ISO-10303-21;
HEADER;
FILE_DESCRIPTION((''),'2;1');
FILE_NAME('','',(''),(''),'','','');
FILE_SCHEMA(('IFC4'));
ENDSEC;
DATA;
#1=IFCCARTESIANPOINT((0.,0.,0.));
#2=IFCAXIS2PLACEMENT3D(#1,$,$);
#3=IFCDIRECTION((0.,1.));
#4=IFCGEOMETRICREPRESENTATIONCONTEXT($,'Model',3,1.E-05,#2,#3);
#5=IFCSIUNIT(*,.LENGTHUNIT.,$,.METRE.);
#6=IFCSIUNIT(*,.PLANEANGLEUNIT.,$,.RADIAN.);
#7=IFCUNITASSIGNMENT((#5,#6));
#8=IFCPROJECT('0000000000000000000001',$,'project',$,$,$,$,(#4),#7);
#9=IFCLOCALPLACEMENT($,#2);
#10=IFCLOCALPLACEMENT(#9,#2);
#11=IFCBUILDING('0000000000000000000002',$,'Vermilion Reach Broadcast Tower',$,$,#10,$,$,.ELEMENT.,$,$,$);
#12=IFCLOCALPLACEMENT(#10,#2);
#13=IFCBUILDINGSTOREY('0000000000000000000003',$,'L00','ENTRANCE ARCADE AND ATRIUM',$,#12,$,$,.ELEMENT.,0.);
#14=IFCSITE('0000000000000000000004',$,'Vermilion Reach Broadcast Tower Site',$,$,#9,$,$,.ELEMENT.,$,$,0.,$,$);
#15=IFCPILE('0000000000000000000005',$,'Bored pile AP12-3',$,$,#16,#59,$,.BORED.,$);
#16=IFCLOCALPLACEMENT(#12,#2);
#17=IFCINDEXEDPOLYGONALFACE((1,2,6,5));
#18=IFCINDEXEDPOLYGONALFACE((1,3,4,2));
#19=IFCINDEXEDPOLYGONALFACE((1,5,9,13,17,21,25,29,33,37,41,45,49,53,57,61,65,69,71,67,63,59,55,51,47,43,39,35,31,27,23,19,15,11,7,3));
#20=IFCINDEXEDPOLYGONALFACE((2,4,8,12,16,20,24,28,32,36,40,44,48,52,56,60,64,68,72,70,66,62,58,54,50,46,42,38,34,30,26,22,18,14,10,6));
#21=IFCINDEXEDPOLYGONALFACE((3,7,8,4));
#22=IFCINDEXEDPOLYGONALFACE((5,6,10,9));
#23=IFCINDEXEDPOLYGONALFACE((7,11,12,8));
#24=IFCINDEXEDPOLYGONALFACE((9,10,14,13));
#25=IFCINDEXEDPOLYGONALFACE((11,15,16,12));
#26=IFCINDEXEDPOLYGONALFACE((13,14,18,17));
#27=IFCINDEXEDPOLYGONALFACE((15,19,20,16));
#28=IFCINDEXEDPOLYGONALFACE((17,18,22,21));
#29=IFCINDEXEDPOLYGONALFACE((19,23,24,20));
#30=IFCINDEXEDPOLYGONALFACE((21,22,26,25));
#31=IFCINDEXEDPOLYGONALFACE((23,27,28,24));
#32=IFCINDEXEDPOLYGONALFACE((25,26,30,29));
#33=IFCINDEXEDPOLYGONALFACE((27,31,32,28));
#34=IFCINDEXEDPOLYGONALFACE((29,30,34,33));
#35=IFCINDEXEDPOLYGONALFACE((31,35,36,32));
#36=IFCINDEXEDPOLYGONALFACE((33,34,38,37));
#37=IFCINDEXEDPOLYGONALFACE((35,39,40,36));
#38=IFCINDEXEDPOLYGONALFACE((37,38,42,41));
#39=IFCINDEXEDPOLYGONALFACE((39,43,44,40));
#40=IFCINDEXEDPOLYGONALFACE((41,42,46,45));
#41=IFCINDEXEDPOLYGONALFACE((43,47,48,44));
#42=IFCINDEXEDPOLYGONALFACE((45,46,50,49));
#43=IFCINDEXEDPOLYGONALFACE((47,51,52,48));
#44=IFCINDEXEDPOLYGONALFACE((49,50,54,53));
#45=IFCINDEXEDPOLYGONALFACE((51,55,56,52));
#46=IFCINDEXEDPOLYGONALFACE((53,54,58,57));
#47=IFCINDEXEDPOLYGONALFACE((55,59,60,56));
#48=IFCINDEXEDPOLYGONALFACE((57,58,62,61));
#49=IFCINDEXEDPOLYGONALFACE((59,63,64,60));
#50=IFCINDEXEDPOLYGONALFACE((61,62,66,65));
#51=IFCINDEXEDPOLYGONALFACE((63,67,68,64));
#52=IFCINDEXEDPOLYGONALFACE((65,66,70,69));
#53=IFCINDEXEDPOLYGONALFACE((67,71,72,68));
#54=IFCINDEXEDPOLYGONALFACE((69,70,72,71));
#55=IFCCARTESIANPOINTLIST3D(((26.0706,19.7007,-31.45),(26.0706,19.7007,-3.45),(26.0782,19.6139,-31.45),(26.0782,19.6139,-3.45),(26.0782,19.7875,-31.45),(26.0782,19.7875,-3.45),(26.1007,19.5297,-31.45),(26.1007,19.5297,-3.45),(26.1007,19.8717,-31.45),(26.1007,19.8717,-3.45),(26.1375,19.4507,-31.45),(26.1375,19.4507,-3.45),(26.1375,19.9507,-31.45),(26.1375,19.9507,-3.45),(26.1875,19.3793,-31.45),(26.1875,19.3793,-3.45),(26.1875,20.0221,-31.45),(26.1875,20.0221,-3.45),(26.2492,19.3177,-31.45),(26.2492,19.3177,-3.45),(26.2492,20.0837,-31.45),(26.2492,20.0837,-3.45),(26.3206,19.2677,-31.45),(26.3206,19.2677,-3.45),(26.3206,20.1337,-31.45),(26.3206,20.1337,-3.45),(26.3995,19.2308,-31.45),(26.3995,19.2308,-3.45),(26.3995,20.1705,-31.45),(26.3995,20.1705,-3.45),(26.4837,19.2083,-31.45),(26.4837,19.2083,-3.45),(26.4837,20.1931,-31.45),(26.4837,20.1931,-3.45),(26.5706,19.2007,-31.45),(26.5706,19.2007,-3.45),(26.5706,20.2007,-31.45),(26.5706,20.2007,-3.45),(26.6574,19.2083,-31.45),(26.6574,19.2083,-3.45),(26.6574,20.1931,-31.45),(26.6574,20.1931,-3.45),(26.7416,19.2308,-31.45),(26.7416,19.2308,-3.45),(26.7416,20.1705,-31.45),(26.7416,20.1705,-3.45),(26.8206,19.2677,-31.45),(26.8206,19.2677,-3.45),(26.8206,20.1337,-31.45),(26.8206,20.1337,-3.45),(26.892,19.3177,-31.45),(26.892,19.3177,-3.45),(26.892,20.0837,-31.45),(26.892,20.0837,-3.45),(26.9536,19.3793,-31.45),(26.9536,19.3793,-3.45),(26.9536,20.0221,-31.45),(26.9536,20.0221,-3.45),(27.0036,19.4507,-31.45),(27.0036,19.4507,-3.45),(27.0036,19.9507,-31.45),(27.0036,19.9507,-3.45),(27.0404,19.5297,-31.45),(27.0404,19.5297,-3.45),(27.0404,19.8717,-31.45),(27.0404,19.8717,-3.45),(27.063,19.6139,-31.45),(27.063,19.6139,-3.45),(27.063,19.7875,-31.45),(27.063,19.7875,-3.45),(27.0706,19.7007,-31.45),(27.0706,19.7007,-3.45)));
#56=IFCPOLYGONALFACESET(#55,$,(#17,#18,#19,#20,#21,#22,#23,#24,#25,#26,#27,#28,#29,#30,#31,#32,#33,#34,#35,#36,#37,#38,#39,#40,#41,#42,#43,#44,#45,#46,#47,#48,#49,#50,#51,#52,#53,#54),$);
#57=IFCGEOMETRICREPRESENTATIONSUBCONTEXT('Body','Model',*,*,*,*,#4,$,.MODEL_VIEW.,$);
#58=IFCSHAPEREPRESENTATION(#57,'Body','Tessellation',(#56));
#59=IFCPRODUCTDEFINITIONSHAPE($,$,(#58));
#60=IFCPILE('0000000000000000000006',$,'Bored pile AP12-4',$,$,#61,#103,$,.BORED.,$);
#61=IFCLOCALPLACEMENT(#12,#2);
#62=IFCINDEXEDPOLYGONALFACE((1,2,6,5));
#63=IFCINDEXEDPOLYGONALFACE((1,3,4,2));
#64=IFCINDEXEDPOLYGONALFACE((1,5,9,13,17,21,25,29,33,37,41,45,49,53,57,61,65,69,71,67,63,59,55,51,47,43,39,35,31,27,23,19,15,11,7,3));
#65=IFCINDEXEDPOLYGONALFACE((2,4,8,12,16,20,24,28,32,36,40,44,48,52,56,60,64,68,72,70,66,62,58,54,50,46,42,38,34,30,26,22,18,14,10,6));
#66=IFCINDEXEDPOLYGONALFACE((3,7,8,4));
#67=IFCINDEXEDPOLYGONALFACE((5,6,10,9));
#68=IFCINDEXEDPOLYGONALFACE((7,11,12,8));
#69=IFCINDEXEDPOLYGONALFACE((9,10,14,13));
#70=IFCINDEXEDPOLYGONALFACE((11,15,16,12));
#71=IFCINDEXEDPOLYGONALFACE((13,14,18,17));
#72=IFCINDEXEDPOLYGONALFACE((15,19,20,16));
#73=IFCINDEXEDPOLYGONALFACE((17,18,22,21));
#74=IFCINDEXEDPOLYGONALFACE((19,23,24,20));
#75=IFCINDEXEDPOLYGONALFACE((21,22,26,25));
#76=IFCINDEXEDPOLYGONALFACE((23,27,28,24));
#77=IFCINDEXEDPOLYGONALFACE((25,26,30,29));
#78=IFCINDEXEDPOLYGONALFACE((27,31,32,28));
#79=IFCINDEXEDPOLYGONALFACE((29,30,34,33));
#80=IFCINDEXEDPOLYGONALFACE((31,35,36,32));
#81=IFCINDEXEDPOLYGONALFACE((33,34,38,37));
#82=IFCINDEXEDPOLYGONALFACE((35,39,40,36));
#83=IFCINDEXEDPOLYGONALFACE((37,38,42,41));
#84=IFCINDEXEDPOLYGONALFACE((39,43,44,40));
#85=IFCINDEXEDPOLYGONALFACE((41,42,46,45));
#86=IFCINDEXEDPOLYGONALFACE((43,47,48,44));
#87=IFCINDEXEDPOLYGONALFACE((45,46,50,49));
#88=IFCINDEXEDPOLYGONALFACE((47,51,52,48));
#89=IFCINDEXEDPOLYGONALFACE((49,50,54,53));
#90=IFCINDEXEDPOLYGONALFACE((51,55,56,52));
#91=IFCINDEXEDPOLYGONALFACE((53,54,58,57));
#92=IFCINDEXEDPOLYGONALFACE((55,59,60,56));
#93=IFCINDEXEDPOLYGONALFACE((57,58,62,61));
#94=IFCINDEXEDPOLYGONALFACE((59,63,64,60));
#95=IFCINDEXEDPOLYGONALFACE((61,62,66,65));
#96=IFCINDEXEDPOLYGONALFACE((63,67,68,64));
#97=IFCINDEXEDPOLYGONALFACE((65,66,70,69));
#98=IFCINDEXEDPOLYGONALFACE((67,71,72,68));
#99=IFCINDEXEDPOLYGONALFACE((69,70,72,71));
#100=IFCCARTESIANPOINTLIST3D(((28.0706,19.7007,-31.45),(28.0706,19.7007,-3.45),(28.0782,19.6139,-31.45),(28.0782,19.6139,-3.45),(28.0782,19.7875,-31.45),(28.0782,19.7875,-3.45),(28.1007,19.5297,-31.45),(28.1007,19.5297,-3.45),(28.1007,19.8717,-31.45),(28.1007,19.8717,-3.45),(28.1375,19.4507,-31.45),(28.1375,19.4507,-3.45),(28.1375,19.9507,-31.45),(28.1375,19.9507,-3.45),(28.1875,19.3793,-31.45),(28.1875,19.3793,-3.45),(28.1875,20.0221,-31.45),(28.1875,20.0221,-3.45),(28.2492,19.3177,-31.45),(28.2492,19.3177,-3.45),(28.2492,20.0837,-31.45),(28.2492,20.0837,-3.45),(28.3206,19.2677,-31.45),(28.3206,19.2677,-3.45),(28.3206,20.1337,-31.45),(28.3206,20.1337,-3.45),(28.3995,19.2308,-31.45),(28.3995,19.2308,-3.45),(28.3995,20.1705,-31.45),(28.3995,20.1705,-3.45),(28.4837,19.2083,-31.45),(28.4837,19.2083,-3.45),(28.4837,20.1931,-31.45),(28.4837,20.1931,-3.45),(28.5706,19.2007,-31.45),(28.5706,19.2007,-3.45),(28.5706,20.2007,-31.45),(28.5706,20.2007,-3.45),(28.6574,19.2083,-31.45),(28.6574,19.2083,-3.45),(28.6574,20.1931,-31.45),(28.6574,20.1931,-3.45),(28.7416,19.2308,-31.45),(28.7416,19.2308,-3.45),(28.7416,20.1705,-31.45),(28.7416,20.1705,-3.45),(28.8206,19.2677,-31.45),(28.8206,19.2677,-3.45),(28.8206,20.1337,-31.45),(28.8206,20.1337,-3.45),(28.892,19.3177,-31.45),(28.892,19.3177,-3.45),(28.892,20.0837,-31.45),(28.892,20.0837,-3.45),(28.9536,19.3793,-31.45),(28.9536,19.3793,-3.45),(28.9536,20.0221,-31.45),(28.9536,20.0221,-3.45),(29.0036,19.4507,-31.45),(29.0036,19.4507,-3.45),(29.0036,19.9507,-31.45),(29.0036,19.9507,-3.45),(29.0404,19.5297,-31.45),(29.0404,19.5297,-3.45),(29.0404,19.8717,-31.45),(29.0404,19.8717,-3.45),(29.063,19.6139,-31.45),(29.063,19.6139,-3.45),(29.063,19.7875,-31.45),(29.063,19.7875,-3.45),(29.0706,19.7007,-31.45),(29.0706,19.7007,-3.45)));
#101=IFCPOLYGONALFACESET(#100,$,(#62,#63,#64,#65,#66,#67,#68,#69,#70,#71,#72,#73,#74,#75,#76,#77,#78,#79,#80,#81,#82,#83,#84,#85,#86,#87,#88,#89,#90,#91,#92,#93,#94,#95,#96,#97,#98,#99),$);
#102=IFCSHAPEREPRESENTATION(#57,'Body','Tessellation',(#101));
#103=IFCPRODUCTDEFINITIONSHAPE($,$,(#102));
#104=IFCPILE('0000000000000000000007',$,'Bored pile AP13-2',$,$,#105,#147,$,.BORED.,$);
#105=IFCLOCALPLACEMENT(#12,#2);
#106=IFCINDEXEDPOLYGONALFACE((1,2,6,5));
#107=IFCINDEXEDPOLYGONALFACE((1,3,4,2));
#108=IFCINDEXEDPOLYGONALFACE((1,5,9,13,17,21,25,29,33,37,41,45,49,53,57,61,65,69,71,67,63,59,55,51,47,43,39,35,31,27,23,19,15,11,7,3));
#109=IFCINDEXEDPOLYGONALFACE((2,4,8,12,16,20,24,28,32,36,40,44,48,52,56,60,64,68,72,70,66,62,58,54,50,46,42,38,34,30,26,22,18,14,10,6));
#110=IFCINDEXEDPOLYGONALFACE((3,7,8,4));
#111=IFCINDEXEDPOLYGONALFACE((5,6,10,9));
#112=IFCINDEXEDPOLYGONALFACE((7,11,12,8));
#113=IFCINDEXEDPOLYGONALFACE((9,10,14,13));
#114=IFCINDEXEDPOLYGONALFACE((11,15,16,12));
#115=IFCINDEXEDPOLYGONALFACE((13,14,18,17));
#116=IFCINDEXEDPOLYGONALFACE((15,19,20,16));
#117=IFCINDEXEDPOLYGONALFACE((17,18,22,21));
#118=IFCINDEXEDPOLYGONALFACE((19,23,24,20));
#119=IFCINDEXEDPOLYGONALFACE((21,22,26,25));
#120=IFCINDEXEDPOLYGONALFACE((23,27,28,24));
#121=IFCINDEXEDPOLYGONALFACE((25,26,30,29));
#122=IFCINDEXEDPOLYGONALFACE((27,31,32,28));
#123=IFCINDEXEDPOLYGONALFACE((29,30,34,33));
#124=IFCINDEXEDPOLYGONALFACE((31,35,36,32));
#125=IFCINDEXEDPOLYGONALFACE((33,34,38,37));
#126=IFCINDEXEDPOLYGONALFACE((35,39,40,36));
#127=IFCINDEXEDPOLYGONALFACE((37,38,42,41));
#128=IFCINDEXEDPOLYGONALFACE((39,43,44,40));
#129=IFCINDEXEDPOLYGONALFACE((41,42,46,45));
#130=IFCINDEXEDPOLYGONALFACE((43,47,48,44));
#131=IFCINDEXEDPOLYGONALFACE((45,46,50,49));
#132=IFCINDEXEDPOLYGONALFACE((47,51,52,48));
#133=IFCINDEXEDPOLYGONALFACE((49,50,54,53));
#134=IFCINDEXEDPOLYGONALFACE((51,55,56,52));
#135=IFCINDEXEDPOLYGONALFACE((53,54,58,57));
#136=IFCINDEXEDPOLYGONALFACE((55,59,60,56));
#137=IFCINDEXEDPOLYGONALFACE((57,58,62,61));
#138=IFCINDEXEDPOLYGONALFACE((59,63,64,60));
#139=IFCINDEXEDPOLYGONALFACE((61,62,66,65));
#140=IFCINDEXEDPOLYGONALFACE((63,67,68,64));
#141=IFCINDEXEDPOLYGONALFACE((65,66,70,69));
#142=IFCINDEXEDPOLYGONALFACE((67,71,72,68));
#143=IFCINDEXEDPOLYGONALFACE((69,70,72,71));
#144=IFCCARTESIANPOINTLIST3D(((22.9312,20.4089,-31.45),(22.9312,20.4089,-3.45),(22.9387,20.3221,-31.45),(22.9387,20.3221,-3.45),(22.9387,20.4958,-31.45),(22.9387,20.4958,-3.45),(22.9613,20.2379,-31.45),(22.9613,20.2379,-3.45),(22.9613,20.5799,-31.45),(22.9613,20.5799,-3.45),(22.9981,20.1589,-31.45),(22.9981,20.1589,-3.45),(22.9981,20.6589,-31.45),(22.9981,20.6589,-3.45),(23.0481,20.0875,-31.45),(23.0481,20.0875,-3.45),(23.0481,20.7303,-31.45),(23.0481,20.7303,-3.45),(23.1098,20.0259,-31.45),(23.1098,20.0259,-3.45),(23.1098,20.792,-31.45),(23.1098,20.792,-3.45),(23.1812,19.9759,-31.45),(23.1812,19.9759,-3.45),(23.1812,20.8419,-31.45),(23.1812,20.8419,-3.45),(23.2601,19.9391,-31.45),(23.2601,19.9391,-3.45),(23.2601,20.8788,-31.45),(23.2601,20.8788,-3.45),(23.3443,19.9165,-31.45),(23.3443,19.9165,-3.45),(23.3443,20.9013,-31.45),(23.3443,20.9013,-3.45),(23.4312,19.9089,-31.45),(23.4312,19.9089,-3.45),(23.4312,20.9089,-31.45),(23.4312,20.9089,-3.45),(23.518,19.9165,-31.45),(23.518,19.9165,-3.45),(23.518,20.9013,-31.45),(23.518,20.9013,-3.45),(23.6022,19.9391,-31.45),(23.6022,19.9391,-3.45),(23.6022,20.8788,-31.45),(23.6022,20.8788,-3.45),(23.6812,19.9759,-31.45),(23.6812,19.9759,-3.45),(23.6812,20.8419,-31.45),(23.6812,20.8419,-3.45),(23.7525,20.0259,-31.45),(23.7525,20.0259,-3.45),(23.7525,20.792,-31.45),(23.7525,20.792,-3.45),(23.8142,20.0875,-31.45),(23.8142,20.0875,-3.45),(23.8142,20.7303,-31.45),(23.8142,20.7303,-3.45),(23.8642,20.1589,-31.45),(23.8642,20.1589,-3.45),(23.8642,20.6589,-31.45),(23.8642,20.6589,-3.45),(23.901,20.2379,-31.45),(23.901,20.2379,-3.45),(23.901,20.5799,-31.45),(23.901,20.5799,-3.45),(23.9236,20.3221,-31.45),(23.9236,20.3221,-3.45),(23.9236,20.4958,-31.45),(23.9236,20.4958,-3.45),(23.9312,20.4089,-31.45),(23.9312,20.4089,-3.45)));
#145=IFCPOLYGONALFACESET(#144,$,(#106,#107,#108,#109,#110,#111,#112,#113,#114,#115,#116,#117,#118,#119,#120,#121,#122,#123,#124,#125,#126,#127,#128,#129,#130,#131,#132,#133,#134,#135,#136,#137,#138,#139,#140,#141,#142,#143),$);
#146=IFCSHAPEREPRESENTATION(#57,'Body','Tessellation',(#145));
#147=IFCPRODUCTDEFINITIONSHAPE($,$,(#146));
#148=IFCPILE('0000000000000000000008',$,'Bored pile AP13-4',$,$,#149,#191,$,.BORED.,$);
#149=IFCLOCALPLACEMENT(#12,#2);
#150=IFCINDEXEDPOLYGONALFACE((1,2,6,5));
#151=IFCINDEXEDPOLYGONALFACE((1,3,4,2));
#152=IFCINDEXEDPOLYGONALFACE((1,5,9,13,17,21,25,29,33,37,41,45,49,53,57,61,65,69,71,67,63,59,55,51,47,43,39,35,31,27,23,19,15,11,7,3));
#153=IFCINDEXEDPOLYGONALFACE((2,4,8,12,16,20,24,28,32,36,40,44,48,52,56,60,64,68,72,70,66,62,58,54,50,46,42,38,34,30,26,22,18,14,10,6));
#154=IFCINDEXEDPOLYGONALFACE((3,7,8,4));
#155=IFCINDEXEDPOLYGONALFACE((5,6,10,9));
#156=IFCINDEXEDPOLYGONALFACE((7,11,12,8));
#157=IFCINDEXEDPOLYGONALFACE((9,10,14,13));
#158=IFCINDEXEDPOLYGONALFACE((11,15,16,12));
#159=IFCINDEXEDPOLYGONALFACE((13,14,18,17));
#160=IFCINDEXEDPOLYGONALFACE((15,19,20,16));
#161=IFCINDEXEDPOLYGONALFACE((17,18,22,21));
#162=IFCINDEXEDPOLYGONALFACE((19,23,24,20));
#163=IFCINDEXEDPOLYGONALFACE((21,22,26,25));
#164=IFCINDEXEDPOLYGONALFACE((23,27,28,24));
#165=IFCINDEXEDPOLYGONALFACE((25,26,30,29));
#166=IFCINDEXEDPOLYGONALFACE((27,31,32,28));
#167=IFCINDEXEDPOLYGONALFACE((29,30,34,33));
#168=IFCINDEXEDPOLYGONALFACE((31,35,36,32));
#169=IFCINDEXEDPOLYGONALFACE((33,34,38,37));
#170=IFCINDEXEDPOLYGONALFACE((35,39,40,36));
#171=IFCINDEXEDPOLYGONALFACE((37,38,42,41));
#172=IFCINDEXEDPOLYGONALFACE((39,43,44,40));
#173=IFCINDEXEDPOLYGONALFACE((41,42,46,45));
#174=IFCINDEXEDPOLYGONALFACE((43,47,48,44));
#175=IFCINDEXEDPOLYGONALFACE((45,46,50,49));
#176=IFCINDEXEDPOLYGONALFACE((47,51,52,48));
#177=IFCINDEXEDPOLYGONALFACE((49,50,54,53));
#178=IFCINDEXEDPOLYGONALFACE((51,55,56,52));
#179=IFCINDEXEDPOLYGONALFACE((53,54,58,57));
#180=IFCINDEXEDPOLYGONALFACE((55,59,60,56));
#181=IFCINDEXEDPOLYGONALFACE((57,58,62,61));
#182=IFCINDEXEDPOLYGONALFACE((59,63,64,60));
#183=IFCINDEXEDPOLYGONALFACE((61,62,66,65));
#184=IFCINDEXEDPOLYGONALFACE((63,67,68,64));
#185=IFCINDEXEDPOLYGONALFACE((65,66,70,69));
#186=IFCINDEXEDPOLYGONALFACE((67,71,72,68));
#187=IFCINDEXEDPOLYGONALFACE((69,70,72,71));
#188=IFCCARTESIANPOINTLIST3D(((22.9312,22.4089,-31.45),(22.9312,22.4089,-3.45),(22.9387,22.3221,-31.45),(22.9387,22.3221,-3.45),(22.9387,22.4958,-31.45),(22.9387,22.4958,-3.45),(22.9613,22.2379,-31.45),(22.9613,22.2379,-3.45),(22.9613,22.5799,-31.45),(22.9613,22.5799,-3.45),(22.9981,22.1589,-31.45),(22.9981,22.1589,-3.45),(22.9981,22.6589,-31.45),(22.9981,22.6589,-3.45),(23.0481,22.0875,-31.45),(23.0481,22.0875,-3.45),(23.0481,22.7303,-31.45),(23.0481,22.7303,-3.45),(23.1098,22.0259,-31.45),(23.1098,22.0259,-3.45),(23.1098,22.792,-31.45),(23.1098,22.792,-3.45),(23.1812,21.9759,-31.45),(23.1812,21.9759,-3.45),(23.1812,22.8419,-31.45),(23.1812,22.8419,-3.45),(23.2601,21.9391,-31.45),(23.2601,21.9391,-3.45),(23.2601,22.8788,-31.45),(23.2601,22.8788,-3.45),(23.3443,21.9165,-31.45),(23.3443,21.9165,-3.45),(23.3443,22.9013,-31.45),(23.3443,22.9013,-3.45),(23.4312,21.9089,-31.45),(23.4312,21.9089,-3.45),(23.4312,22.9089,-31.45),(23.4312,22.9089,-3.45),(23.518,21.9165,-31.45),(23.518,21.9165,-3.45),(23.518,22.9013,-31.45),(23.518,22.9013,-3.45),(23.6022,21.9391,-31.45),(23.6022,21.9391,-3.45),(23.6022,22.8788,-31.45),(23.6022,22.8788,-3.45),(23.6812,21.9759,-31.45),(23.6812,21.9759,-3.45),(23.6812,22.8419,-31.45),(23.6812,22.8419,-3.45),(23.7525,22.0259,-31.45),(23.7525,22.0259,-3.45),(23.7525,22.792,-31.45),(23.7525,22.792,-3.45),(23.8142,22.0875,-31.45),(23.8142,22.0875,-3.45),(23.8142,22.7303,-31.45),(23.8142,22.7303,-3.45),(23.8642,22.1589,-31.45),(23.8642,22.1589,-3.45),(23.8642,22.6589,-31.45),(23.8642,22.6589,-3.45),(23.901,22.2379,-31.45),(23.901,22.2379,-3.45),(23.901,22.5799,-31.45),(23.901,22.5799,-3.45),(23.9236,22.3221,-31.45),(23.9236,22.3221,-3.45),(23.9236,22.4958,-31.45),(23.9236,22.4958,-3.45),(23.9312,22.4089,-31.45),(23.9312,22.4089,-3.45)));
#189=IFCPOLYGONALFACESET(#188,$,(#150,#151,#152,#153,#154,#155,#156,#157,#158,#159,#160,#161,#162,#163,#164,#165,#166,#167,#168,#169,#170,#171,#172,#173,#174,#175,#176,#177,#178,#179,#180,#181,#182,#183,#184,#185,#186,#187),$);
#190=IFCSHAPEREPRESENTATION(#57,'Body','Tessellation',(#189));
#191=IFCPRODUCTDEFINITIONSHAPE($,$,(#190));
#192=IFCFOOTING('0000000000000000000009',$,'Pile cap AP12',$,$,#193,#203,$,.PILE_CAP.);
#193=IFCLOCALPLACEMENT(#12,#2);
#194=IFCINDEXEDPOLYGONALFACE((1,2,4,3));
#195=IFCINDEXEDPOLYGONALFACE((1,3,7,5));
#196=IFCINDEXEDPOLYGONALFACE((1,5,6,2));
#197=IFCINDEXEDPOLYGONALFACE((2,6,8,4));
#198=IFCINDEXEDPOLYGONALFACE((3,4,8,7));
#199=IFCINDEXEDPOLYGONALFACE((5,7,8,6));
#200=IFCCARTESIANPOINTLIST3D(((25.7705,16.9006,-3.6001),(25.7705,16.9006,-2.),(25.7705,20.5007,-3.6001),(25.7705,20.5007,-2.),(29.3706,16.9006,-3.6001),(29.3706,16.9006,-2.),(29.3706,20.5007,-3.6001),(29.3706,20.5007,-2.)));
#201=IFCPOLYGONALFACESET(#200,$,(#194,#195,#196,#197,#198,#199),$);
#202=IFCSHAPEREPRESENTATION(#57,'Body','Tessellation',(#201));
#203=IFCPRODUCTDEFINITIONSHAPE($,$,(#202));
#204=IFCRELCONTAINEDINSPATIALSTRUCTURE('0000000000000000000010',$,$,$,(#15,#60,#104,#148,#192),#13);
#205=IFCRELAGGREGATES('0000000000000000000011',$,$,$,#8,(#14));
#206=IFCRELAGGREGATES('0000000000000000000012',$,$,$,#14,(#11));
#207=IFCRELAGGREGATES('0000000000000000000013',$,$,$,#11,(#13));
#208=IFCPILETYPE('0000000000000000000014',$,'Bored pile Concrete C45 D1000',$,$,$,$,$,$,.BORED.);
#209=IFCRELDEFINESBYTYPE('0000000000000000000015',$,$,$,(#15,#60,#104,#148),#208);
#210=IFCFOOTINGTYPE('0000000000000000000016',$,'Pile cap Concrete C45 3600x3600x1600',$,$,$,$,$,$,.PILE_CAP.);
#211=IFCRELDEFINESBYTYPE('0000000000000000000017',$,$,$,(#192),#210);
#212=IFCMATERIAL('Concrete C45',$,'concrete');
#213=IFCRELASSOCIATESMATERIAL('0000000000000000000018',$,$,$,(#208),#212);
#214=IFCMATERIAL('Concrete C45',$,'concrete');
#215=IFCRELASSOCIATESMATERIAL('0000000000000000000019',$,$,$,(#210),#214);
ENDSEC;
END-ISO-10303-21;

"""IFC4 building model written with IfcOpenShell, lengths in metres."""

from ifc_helpers import new_model, si_unit, direction, frame, origin, origin_2d, place, context, subcontext, project, spatial, rectangle, circle, extrude, material, material_profile, profile_set, type_object, element, save


model = new_model("IFC4")

# Units and contexts
model_context = context("Model", 3, precision=1e-05, world=origin(), true_north=direction((0.0, 1.0)))
body_context = subcontext(model_context, "Body", "Model", "MODEL_VIEW")
ifc_project = project(units=[si_unit("LENGTHUNIT", "METRE"), si_unit("PLANEANGLEUNIT", "RADIAN")], contexts=[model_context])

# Site, building, storey
site_placement = place(None, origin())
site = spatial("IfcSite", under=ifc_project, at=site_placement, Name="Vermilion Reach Broadcast Tower Site", CompositionType="ELEMENT", RefElevation=0.0)
building_placement = place(site_placement, origin())
building = spatial("IfcBuilding", under=site, at=building_placement, Name="Vermilion Reach Broadcast Tower", CompositionType="ELEMENT")
storey_placement = place(building_placement, origin())
storey = spatial("IfcBuildingStorey", under=building, at=storey_placement, Name="L00", Description="ENTRANCE ARCADE AND ATRIUM", CompositionType="ELEMENT", Elevation=0.0)

# Piles
ifc_material_1 = material(Name="Concrete C45", Category="concrete")
ifc_material_profile_1 = material_profile(ifc_material_1, circle(Radius=0.5, at=origin_2d()), Name="Concrete C45 D1000")
ifc_profile_set_1 = profile_set([ifc_material_profile_1], Name="Concrete C45")
pile_type = type_object("IfcPileType", Name="Bored pile Concrete C45 D1000", PredefinedType="BORED", material=ifc_profile_set_1)
for number, where, z_axis, x_axis, name in (
    (1, (26.5706, 19.7007, -3.45), (0.0, 0.0, -1.0), (1.0, 0.0, 0.0), "Bored pile AP12-3"),
    (2, (28.5706, 19.7007, -3.45), (0.0, 0.0, -1.0), (1.0, 0.0, 0.0), "Bored pile AP12-4"),
    (3, (23.4312, 20.4089, -3.45), (0.0, 0.0, -1.0), (1.0, 0.0, 0.0), "Bored pile AP13-2"),
    (4, (23.4312, 22.4089, -3.45), (0.0, 0.0, -1.0), (1.0, 0.0, 0.0), "Bored pile AP13-4"),
):
    element("IfcPile", number, at=place(storey_placement, frame(where, z_axis=z_axis, x_axis=x_axis)), inside=storey, type_object=pile_type, Name=name, PredefinedType="BORED", context=body_context, shape_type="SweptSolid", body=[
        extrude(circle(Radius=0.5, at=origin_2d()), origin(), (0.0, 0.0, 1.0), 28.0),
    ])

# Footing
ifc_material_2 = material(Name="Concrete C45", Category="concrete")
footing_type = type_object("IfcFootingType", Name="Pile cap Concrete C45 3600x3600x1600", PredefinedType="PILE_CAP", material=ifc_material_2)
footing_placement = place(storey_placement, frame((27.5706, 18.7007, -3.6001), z_axis=(0.0, 0.0, 1.0), x_axis=(1.0, 0.0, 0.0)))
element("IfcFooting", 5, at=footing_placement, inside=storey, type_object=footing_type, Name="Pile cap AP12", PredefinedType="PILE_CAP", context=body_context, shape_type="SweptSolid", body=[
    extrude(rectangle(XDim=3.6001, YDim=3.6001, at=origin_2d()), origin(), (0.0, 0.0, 1.0), 1.6001),
])

save(model, "model.ifc")
